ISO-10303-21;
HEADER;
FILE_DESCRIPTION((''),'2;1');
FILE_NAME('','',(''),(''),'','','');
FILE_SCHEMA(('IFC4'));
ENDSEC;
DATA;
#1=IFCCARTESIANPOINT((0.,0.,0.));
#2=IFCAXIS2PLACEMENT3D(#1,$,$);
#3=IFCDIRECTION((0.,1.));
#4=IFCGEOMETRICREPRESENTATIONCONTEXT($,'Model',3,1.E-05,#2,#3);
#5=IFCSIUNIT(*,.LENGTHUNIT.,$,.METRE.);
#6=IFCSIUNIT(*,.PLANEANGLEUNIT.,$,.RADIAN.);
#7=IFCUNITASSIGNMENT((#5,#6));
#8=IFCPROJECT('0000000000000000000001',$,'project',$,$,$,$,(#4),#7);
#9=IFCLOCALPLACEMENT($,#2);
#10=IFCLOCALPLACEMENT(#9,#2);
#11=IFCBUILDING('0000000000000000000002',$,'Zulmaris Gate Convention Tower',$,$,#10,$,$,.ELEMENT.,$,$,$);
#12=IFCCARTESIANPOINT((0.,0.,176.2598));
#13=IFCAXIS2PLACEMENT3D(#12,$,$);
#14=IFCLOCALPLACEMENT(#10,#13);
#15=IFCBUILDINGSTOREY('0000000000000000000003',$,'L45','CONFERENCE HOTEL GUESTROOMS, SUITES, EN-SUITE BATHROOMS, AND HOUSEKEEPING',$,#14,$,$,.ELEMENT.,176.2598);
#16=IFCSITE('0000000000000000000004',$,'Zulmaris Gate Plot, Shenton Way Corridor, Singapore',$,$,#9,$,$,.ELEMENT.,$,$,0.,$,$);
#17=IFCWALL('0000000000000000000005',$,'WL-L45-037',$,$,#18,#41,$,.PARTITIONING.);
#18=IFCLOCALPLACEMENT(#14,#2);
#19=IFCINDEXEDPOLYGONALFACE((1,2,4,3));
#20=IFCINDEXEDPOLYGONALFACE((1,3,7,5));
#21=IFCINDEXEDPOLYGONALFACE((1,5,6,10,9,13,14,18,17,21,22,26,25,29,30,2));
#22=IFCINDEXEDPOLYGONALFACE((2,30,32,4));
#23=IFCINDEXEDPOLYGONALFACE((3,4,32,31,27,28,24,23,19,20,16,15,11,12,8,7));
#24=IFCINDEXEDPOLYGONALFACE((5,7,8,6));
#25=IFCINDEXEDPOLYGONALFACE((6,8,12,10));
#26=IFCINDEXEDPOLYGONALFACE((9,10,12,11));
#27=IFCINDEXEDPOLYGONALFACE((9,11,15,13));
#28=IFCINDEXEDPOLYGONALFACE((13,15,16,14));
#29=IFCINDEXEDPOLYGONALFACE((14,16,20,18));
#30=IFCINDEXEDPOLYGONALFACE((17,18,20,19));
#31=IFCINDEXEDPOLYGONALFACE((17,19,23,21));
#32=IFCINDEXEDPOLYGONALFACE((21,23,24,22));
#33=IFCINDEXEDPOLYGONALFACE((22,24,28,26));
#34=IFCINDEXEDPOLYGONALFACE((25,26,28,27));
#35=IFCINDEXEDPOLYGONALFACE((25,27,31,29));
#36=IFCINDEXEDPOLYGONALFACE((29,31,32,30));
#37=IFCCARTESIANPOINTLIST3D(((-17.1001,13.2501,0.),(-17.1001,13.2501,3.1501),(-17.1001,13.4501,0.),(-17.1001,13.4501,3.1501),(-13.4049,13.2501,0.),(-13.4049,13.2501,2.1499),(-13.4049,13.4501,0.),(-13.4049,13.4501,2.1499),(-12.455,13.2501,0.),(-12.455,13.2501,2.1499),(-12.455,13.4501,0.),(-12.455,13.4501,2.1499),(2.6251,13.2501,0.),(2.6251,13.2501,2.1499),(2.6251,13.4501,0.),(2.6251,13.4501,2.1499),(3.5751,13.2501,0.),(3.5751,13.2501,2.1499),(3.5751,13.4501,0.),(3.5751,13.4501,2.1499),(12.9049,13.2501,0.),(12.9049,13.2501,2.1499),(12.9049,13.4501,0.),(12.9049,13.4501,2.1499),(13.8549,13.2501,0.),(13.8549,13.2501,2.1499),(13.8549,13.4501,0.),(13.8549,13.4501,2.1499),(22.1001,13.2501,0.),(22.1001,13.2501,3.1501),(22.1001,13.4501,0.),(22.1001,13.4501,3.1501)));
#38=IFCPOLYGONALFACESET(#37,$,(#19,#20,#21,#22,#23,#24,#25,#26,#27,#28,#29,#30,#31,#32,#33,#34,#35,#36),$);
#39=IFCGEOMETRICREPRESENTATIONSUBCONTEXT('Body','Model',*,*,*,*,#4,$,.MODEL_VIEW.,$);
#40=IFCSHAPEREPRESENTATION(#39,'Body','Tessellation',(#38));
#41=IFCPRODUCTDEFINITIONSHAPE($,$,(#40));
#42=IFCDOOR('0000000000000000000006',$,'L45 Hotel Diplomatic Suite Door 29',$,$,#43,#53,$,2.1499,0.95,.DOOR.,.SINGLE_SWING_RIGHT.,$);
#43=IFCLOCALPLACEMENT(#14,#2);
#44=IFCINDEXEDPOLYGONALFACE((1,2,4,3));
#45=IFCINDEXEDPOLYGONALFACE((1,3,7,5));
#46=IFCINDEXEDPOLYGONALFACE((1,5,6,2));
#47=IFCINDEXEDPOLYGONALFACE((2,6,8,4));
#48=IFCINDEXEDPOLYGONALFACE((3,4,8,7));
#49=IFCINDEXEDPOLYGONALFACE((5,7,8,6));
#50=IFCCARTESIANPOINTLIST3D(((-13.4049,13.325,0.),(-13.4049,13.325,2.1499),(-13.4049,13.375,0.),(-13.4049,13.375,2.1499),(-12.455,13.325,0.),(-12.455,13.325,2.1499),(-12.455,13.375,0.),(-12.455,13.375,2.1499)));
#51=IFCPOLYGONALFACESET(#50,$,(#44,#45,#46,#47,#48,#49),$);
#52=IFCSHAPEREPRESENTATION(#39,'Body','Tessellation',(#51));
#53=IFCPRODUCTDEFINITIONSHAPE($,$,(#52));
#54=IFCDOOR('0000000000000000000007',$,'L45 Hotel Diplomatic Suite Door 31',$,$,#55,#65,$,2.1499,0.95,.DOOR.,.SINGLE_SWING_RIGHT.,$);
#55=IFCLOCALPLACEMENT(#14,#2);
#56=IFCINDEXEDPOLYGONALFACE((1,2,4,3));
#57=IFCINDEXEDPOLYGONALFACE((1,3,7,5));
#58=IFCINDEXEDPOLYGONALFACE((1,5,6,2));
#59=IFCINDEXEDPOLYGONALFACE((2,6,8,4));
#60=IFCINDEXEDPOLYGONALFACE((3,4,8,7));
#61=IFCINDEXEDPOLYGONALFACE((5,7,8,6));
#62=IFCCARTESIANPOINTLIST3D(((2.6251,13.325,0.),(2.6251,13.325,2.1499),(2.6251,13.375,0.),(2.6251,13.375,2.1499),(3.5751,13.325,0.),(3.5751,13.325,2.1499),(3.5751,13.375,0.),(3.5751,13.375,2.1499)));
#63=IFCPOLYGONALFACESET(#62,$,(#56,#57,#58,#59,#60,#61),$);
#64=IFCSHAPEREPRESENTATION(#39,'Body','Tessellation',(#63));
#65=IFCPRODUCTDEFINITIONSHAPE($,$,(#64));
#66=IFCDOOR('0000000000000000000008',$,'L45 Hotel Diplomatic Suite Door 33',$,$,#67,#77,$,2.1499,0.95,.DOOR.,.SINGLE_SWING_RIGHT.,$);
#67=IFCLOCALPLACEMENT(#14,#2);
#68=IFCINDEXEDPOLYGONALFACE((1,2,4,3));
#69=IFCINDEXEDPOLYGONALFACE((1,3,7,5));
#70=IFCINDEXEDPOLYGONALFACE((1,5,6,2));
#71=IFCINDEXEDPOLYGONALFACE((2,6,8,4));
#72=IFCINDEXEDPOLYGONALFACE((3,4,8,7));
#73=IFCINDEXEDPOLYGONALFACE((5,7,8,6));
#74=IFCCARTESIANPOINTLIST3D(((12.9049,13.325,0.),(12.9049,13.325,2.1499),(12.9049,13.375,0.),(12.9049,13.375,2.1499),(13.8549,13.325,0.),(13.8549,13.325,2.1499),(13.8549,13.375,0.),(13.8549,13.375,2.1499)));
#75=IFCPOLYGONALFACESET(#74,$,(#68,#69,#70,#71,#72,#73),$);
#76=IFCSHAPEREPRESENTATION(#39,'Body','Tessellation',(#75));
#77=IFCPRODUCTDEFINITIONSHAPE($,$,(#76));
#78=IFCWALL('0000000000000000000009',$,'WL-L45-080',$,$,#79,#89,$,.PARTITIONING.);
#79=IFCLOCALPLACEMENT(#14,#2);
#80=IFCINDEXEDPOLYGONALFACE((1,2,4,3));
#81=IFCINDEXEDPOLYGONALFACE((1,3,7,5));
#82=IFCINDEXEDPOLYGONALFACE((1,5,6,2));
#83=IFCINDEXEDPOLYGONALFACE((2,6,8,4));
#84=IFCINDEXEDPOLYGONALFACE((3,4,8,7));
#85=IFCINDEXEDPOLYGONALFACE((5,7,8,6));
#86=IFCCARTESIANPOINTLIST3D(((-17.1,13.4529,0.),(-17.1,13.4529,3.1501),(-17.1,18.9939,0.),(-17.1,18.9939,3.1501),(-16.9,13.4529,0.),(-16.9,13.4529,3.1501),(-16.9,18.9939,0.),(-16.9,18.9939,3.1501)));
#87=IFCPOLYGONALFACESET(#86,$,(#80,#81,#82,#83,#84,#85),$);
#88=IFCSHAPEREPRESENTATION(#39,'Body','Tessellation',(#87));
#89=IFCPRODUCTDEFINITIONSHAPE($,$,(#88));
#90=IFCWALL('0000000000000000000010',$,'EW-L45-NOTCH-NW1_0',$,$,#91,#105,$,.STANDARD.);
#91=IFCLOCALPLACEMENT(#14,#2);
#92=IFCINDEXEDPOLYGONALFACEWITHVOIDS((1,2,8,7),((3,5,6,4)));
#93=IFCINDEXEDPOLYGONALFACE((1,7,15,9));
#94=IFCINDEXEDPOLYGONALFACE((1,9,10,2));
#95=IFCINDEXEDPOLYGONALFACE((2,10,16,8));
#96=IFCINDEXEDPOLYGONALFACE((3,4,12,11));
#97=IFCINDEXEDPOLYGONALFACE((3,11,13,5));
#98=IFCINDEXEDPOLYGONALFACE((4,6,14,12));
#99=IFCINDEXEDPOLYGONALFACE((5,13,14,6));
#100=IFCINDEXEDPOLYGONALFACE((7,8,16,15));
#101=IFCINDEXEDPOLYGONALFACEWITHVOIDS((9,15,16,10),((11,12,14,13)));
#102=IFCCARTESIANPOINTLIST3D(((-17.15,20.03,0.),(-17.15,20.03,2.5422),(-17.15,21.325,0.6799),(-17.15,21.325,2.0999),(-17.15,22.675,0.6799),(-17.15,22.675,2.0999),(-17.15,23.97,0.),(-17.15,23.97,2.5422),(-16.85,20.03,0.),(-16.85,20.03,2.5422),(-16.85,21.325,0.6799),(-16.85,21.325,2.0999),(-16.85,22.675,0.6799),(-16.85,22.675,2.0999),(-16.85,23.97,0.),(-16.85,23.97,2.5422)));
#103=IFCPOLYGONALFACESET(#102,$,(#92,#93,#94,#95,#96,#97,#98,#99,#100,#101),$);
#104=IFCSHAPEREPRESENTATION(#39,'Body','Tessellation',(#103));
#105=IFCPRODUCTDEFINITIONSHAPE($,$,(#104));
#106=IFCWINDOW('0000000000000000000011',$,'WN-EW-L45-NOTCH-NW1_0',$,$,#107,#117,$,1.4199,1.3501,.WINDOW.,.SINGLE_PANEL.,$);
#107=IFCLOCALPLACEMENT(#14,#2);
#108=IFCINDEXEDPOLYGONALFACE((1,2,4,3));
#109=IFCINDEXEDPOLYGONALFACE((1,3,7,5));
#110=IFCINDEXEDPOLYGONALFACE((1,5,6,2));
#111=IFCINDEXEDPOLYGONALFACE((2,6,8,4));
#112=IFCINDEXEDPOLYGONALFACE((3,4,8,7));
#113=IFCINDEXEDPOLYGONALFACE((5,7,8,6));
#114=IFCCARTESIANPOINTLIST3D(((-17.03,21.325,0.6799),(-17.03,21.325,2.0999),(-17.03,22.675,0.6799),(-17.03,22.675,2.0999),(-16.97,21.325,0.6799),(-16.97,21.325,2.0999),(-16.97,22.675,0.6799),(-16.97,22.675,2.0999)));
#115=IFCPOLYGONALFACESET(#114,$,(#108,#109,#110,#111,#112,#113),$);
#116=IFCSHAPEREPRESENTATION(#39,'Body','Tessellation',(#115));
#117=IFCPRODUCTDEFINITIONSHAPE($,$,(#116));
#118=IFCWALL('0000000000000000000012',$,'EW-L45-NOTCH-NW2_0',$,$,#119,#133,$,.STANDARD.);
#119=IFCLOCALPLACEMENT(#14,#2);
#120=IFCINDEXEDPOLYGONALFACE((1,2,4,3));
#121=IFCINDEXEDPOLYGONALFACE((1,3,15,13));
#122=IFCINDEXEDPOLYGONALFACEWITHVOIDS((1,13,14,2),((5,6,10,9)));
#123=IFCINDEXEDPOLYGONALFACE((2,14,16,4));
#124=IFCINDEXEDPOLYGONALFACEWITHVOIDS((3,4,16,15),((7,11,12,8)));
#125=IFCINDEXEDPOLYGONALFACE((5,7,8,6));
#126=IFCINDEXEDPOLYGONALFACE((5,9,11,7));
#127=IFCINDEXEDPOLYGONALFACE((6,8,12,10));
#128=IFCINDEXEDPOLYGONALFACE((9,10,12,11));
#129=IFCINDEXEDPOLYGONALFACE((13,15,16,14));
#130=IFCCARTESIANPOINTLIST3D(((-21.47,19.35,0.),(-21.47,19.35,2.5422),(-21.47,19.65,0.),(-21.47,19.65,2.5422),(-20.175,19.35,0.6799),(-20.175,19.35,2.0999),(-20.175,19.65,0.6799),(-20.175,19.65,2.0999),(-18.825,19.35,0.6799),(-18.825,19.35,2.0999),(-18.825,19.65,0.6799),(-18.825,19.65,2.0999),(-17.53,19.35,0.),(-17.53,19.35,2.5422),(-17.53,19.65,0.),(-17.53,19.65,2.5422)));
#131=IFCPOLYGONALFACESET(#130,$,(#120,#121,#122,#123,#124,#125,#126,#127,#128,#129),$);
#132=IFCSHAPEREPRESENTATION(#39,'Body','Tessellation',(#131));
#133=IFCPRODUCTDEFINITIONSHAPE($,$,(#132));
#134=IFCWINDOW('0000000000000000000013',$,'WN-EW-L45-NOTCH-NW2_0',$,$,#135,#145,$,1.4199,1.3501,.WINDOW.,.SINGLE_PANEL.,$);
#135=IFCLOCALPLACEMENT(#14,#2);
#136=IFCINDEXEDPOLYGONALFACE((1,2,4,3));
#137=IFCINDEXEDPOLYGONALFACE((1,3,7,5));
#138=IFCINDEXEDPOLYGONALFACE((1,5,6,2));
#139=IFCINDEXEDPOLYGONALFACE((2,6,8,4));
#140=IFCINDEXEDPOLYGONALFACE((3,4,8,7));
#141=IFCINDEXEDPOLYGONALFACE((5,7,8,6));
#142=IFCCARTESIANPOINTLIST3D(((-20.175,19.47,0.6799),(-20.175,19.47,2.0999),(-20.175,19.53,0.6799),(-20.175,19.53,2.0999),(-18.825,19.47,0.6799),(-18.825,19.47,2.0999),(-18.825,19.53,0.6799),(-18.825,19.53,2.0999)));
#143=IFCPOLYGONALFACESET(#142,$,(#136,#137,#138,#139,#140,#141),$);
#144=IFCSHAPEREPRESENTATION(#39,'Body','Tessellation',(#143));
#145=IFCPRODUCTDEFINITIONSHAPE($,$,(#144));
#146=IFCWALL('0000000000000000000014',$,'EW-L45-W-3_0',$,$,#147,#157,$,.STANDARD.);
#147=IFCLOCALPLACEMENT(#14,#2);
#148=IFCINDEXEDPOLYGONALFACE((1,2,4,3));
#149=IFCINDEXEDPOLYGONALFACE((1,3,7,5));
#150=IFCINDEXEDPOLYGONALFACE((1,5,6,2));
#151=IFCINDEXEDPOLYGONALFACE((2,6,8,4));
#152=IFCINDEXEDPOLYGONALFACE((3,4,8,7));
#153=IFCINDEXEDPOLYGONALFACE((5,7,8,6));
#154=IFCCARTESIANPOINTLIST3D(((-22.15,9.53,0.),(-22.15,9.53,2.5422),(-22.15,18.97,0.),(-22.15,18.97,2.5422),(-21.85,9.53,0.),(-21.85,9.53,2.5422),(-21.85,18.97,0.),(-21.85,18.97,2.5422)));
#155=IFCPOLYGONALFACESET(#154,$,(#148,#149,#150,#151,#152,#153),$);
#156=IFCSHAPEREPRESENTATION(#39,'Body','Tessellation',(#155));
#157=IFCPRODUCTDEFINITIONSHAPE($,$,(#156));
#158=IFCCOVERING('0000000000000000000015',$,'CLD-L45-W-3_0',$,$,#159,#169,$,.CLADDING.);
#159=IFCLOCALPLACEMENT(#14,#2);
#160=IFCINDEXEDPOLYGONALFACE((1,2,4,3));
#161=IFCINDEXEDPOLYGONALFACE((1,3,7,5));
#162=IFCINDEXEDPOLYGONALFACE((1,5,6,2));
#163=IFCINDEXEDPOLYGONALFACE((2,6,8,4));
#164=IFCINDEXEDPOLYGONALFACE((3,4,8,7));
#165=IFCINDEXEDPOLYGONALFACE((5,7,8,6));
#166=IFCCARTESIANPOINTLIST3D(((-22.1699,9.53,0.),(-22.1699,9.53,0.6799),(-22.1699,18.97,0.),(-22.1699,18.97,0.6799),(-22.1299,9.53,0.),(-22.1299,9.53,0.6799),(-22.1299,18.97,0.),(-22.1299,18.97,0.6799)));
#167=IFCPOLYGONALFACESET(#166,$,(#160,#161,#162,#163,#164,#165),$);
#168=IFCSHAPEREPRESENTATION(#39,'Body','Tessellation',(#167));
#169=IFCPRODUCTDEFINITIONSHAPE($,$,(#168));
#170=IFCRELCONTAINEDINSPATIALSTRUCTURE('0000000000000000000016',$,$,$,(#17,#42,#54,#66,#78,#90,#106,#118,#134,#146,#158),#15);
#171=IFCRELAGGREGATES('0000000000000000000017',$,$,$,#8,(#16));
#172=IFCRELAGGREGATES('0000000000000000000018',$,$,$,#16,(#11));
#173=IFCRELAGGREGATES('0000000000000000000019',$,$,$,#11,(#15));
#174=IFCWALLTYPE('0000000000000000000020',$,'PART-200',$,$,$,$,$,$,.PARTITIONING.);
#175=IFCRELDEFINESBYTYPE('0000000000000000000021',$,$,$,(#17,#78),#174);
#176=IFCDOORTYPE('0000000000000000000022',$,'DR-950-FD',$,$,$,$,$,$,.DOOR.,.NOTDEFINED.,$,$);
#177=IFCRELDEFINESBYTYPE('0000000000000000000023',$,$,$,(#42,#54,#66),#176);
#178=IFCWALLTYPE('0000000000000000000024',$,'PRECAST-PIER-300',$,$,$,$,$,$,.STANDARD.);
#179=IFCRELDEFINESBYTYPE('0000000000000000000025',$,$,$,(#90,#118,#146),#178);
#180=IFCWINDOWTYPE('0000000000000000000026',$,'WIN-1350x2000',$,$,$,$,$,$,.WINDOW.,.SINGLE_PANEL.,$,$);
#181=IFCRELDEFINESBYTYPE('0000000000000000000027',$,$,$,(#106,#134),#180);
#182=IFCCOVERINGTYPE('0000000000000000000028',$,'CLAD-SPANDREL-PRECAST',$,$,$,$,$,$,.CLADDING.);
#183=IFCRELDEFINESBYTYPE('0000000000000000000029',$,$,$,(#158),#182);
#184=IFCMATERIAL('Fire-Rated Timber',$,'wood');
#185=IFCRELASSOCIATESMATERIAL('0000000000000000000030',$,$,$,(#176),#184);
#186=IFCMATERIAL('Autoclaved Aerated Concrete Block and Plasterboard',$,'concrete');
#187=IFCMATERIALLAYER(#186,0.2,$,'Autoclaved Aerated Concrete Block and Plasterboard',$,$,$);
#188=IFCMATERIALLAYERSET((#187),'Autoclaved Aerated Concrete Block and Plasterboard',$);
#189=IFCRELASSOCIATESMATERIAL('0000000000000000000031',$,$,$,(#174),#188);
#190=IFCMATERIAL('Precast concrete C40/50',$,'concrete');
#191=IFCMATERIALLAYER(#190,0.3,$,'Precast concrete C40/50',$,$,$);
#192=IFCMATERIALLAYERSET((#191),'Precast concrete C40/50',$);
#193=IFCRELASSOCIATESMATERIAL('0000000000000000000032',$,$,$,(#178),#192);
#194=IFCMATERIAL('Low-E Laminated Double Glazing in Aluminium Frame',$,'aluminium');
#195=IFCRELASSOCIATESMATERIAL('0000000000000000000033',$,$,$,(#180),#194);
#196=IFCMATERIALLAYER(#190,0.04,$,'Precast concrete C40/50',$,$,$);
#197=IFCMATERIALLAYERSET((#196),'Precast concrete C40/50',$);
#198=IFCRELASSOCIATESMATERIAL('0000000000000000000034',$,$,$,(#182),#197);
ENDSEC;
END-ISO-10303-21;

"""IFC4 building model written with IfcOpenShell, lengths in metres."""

from ifc_helpers import new_model, si_unit, direction, frame, frame_2d, origin, place, context, subcontext, project, spatial, rectangle, extrude, material, layer, layer_set, type_object, element, fill, save


model = new_model("IFC4")

# Units and contexts
model_context = context("Model", 3, precision=1e-05, world=origin(), true_north=direction((0.0, 1.0)))
body_context = subcontext(model_context, "Body", "Model", "MODEL_VIEW")
ifc_project = project(units=[si_unit("LENGTHUNIT", "METRE"), si_unit("PLANEANGLEUNIT", "RADIAN")], contexts=[model_context])

# Site, building, storey
site_placement = place(None, origin())
site = spatial("IfcSite", under=ifc_project, at=site_placement, Name="Zulmaris Gate Plot, Shenton Way Corridor, Singapore", CompositionType="ELEMENT", RefElevation=0.0)
building_placement = place(site_placement, origin())
building = spatial("IfcBuilding", under=site, at=building_placement, Name="Zulmaris Gate Convention Tower", CompositionType="ELEMENT")
storey_placement = place(building_placement, frame((0.0, 0.0, 176.2598)))
storey = spatial("IfcBuildingStorey", under=building, at=storey_placement, Name="L45", Description="CONFERENCE HOTEL GUESTROOMS, SUITES, EN-SUITE BATHROOMS, AND HOUSEKEEPING", CompositionType="ELEMENT", Elevation=176.2598)

# Shared definitions
ifc_material_1 = material(Name="Fire-Rated Timber", Category="wood")
door_type_1 = type_object("IfcDoorType", Name="DR-950-FD", OperationType="NOTDEFINED", PredefinedType="DOOR", material=ifc_material_1)

# Wall, openings, doors
ifc_material_2 = material(Name="Autoclaved Aerated Concrete Block and Plasterboard", Category="concrete")
ifc_layer_1 = layer(ifc_material_2, 0.2, Name="Autoclaved Aerated Concrete Block and Plasterboard")
ifc_layer_set_1 = layer_set([ifc_layer_1], Name="Autoclaved Aerated Concrete Block and Plasterboard")
wall_type_1 = type_object("IfcWallType", Name="PART-200", PredefinedType="PARTITIONING", material=ifc_layer_set_1)
wall_1_placement = place(storey_placement, frame((-17.1001, 13.3501, 0.0), z_axis=(0.0, 0.0, 1.0), x_axis=(1.0, 0.0, 0.0)))
wall_1 = element("IfcWall", 1, at=wall_1_placement, inside=storey, type_object=wall_type_1, Name="WL-L45-037", PredefinedType="PARTITIONING", context=body_context, shape_type="SweptSolid", body=[
    extrude(rectangle(XDim=39.2002, YDim=0.2, at=frame_2d((19.6001, 0.0))), origin(), (0.0, 0.0, 1.0), 3.1501),
])
opening_1_placement = place(wall_1_placement, frame((3.6951, 0.0, 0.0)))
opening_1 = element("IfcOpeningElement", 2, at=opening_1_placement, cuts=wall_1, PredefinedType="OPENING", context=body_context, shape_type="SweptSolid", body=[
    extrude(rectangle(XDim=0.95, YDim=2.1499, at=frame_2d((0.4751, 1.075))), frame((0.0, 0.1099, 0.0), z_axis=(0.0, -1.0, 0.0), x_axis=(1.0, 0.0, 0.0)), (0.0, 0.0, 1.0), 0.22),
])
opening_2_placement = place(wall_1_placement, frame((19.7251, 0.0, 0.0)))
opening_2 = element("IfcOpeningElement", 3, at=opening_2_placement, cuts=wall_1, PredefinedType="OPENING", context=body_context, shape_type="SweptSolid", body=[
    extrude(rectangle(XDim=0.95, YDim=2.1499, at=frame_2d((0.4751, 1.075))), frame((0.0, 0.1099, 0.0), z_axis=(0.0, -1.0, 0.0), x_axis=(1.0, 0.0, 0.0)), (0.0, 0.0, 1.0), 0.22),
])
opening_3_placement = place(wall_1_placement, frame((30.0049, 0.0, 0.0)))
opening_3 = element("IfcOpeningElement", 4, at=opening_3_placement, cuts=wall_1, PredefinedType="OPENING", context=body_context, shape_type="SweptSolid", body=[
    extrude(rectangle(XDim=0.95, YDim=2.1499, at=frame_2d((0.4751, 1.075))), frame((0.0, 0.1099, 0.0), z_axis=(0.0, -1.0, 0.0), x_axis=(1.0, 0.0, 0.0)), (0.0, 0.0, 1.0), 0.22),
])
door_1_placement = place(opening_1_placement, origin())
door_1 = element("IfcDoor", 5, at=door_1_placement, inside=storey, type_object=door_type_1, Name="L45 Hotel Diplomatic Suite Door 29", OperationType="SINGLE_SWING_RIGHT", OverallHeight=2.1499, OverallWidth=0.95, PredefinedType="DOOR", context=body_context, shape_type="SweptSolid", body=[
    extrude(rectangle(XDim=0.95, YDim=2.1499, at=frame_2d((0.4751, 1.075))), frame((0.0, 0.0249, 0.0), z_axis=(0.0, -1.0, 0.0), x_axis=(1.0, 0.0, 0.0)), (0.0, 0.0, 1.0), 0.05),
])
fill(opening_1, door_1)
door_2_placement = place(opening_2_placement, origin())
door_2 = element("IfcDoor", 6, at=door_2_placement, inside=storey, type_object=door_type_1, Name="L45 Hotel Diplomatic Suite Door 31", OperationType="SINGLE_SWING_RIGHT", OverallHeight=2.1499, OverallWidth=0.95, PredefinedType="DOOR", context=body_context, shape_type="SweptSolid", body=[
    extrude(rectangle(XDim=0.95, YDim=2.1499, at=frame_2d((0.4751, 1.075))), frame((0.0, 0.0249, 0.0), z_axis=(0.0, -1.0, 0.0), x_axis=(1.0, 0.0, 0.0)), (0.0, 0.0, 1.0), 0.05),
])
fill(opening_2, door_2)
door_3_placement = place(opening_3_placement, origin())
door_3 = element("IfcDoor", 7, at=door_3_placement, inside=storey, type_object=door_type_1, Name="L45 Hotel Diplomatic Suite Door 33", OperationType="SINGLE_SWING_RIGHT", OverallHeight=2.1499, OverallWidth=0.95, PredefinedType="DOOR", context=body_context, shape_type="SweptSolid", body=[
    extrude(rectangle(XDim=0.95, YDim=2.1499, at=frame_2d((0.4751, 1.075))), frame((0.0, 0.0249, 0.0), z_axis=(0.0, -1.0, 0.0), x_axis=(1.0, 0.0, 0.0)), (0.0, 0.0, 1.0), 0.05),
])
fill(opening_3, door_3)

# Wall
wall_2_placement = place(storey_placement, frame((-17.0, 13.4529, 0.0), z_axis=(0.0, 0.0, 1.0), x_axis=(0.0, 1.0, 0.0)))
element("IfcWall", 8, at=wall_2_placement, inside=storey, type_object=wall_type_1, Name="WL-L45-080", PredefinedType="PARTITIONING", context=body_context, shape_type="SweptSolid", body=[
    extrude(rectangle(XDim=5.541, YDim=0.2, at=frame_2d((2.7705, 0.0))), origin(), (0.0, 0.0, 1.0), 3.1501),
])

# Walls, openings, windows
ifc_material_3 = material(Name="Precast concrete C40/50", Category="concrete")
ifc_layer_2 = layer(ifc_material_3, 0.3, Name="Precast concrete C40/50")
ifc_layer_set_2 = layer_set([ifc_layer_2], Name="Precast concrete C40/50")
wall_type_2 = type_object("IfcWallType", Name="PRECAST-PIER-300", PredefinedType="STANDARD", material=ifc_layer_set_2)
wall_3_placement = place(storey_placement, frame((-17.0, 23.97, 0.0), z_axis=(0.0, 0.0, 1.0), x_axis=(0.0, -1.0, 0.0)))
wall_3 = element("IfcWall", 9, at=wall_3_placement, inside=storey, type_object=wall_type_2, Name="EW-L45-NOTCH-NW1_0", PredefinedType="STANDARD", context=body_context, shape_type="SweptSolid", body=[
    extrude(rectangle(XDim=3.9399, YDim=0.3, at=frame_2d((1.97, 0.0))), origin(), (0.0, 0.0, 1.0), 2.5422),
])
opening_4_placement = place(wall_3_placement, frame((1.2949, 0.0, 0.6799)))
opening_4 = element("IfcOpeningElement", 10, at=opening_4_placement, cuts=wall_3, PredefinedType="OPENING", context=body_context, shape_type="SweptSolid", body=[
    extrude(rectangle(XDim=1.3501, YDim=1.4199, at=frame_2d((0.675, 0.71))), frame((0.0, 0.1602, 0.0), z_axis=(0.0, -1.0, 0.0), x_axis=(1.0, 0.0, 0.0)), (0.0, 0.0, 1.0), 0.3201),
])
ifc_material_4 = material(Name="Low-E Laminated Double Glazing in Aluminium Frame", Category="aluminium")
window_type = type_object("IfcWindowType", Name="WIN-1350x2000", PartitioningType="SINGLE_PANEL", PredefinedType="WINDOW", material=ifc_material_4)
window_1_placement = place(opening_4_placement, origin())
window_1 = element("IfcWindow", 11, at=window_1_placement, inside=storey, type_object=window_type, Name="WN-EW-L45-NOTCH-NW1_0", OverallHeight=1.4199, OverallWidth=1.3501, PartitioningType="SINGLE_PANEL", PredefinedType="WINDOW", context=body_context, shape_type="SweptSolid", body=[
    extrude(rectangle(XDim=1.3501, YDim=1.4199, at=frame_2d((0.675, 0.71))), frame((0.0, 0.03, 0.0), z_axis=(0.0, -1.0, 0.0), x_axis=(1.0, 0.0, 0.0)), (0.0, 0.0, 1.0), 0.0601),
])
fill(opening_4, window_1)
wall_4_placement = place(storey_placement, frame((-17.53, 19.5, 0.0), z_axis=(0.0, 0.0, 1.0), x_axis=(-1.0, 0.0, 0.0)))
wall_4 = element("IfcWall", 12, at=wall_4_placement, inside=storey, type_object=wall_type_2, Name="EW-L45-NOTCH-NW2_0", PredefinedType="STANDARD", context=body_context, shape_type="SweptSolid", body=[
    extrude(rectangle(XDim=3.9399, YDim=0.3, at=frame_2d((1.97, 0.0))), origin(), (0.0, 0.0, 1.0), 2.5422),
])
opening_5_placement = place(wall_4_placement, frame((1.2949, 0.0, 0.6799)))
opening_5 = element("IfcOpeningElement", 13, at=opening_5_placement, cuts=wall_4, PredefinedType="OPENING", context=body_context, shape_type="SweptSolid", body=[
    extrude(rectangle(XDim=1.3501, YDim=1.4199, at=frame_2d((0.675, 0.71))), frame((0.0, 0.1602, 0.0), z_axis=(0.0, -1.0, 0.0), x_axis=(1.0, 0.0, 0.0)), (0.0, 0.0, 1.0), 0.3201),
])
window_2_placement = place(opening_5_placement, origin())
window_2 = element("IfcWindow", 14, at=window_2_placement, inside=storey, type_object=window_type, Name="WN-EW-L45-NOTCH-NW2_0", OverallHeight=1.4199, OverallWidth=1.3501, PartitioningType="SINGLE_PANEL", PredefinedType="WINDOW", context=body_context, shape_type="SweptSolid", body=[
    extrude(rectangle(XDim=1.3501, YDim=1.4199, at=frame_2d((0.675, 0.71))), frame((0.0, 0.03, 0.0), z_axis=(0.0, -1.0, 0.0), x_axis=(1.0, 0.0, 0.0)), (0.0, 0.0, 1.0), 0.0601),
])
fill(opening_5, window_2)

# Wall
wall_5_placement = place(storey_placement, frame((-22.0, 18.97, 0.0), z_axis=(0.0, 0.0, 1.0), x_axis=(0.0, -1.0, 0.0)))
element("IfcWall", 15, at=wall_5_placement, inside=storey, type_object=wall_type_2, Name="EW-L45-W-3_0", PredefinedType="STANDARD", context=body_context, shape_type="SweptSolid", body=[
    extrude(rectangle(XDim=9.4399, YDim=0.3, at=frame_2d((4.72, 0.0))), origin(), (0.0, 0.0, 1.0), 2.5422),
])

# Covering
ifc_layer_3 = layer(ifc_material_3, 0.04, Name="Precast concrete C40/50")
ifc_layer_set_3 = layer_set([ifc_layer_3], Name="Precast concrete C40/50")
covering_type_1 = type_object("IfcCoveringType", Name="CLAD-SPANDREL-PRECAST", PredefinedType="CLADDING", material=ifc_layer_set_3)
covering_1_placement = place(storey_placement, frame((-22.1499, 18.97, 0.0), z_axis=(0.0, 0.0, 1.0), x_axis=(0.0, -1.0, 0.0)))
element("IfcCovering", 16, at=covering_1_placement, inside=storey, type_object=covering_type_1, Name="CLD-L45-W-3_0", PredefinedType="CLADDING", context=body_context, shape_type="SweptSolid", body=[
    extrude(rectangle(XDim=9.4399, YDim=0.04, at=frame_2d((4.72, 0.0))), origin(), (0.0, 0.0, 1.0), 0.6799),
])

save(model, "model.ifc")
